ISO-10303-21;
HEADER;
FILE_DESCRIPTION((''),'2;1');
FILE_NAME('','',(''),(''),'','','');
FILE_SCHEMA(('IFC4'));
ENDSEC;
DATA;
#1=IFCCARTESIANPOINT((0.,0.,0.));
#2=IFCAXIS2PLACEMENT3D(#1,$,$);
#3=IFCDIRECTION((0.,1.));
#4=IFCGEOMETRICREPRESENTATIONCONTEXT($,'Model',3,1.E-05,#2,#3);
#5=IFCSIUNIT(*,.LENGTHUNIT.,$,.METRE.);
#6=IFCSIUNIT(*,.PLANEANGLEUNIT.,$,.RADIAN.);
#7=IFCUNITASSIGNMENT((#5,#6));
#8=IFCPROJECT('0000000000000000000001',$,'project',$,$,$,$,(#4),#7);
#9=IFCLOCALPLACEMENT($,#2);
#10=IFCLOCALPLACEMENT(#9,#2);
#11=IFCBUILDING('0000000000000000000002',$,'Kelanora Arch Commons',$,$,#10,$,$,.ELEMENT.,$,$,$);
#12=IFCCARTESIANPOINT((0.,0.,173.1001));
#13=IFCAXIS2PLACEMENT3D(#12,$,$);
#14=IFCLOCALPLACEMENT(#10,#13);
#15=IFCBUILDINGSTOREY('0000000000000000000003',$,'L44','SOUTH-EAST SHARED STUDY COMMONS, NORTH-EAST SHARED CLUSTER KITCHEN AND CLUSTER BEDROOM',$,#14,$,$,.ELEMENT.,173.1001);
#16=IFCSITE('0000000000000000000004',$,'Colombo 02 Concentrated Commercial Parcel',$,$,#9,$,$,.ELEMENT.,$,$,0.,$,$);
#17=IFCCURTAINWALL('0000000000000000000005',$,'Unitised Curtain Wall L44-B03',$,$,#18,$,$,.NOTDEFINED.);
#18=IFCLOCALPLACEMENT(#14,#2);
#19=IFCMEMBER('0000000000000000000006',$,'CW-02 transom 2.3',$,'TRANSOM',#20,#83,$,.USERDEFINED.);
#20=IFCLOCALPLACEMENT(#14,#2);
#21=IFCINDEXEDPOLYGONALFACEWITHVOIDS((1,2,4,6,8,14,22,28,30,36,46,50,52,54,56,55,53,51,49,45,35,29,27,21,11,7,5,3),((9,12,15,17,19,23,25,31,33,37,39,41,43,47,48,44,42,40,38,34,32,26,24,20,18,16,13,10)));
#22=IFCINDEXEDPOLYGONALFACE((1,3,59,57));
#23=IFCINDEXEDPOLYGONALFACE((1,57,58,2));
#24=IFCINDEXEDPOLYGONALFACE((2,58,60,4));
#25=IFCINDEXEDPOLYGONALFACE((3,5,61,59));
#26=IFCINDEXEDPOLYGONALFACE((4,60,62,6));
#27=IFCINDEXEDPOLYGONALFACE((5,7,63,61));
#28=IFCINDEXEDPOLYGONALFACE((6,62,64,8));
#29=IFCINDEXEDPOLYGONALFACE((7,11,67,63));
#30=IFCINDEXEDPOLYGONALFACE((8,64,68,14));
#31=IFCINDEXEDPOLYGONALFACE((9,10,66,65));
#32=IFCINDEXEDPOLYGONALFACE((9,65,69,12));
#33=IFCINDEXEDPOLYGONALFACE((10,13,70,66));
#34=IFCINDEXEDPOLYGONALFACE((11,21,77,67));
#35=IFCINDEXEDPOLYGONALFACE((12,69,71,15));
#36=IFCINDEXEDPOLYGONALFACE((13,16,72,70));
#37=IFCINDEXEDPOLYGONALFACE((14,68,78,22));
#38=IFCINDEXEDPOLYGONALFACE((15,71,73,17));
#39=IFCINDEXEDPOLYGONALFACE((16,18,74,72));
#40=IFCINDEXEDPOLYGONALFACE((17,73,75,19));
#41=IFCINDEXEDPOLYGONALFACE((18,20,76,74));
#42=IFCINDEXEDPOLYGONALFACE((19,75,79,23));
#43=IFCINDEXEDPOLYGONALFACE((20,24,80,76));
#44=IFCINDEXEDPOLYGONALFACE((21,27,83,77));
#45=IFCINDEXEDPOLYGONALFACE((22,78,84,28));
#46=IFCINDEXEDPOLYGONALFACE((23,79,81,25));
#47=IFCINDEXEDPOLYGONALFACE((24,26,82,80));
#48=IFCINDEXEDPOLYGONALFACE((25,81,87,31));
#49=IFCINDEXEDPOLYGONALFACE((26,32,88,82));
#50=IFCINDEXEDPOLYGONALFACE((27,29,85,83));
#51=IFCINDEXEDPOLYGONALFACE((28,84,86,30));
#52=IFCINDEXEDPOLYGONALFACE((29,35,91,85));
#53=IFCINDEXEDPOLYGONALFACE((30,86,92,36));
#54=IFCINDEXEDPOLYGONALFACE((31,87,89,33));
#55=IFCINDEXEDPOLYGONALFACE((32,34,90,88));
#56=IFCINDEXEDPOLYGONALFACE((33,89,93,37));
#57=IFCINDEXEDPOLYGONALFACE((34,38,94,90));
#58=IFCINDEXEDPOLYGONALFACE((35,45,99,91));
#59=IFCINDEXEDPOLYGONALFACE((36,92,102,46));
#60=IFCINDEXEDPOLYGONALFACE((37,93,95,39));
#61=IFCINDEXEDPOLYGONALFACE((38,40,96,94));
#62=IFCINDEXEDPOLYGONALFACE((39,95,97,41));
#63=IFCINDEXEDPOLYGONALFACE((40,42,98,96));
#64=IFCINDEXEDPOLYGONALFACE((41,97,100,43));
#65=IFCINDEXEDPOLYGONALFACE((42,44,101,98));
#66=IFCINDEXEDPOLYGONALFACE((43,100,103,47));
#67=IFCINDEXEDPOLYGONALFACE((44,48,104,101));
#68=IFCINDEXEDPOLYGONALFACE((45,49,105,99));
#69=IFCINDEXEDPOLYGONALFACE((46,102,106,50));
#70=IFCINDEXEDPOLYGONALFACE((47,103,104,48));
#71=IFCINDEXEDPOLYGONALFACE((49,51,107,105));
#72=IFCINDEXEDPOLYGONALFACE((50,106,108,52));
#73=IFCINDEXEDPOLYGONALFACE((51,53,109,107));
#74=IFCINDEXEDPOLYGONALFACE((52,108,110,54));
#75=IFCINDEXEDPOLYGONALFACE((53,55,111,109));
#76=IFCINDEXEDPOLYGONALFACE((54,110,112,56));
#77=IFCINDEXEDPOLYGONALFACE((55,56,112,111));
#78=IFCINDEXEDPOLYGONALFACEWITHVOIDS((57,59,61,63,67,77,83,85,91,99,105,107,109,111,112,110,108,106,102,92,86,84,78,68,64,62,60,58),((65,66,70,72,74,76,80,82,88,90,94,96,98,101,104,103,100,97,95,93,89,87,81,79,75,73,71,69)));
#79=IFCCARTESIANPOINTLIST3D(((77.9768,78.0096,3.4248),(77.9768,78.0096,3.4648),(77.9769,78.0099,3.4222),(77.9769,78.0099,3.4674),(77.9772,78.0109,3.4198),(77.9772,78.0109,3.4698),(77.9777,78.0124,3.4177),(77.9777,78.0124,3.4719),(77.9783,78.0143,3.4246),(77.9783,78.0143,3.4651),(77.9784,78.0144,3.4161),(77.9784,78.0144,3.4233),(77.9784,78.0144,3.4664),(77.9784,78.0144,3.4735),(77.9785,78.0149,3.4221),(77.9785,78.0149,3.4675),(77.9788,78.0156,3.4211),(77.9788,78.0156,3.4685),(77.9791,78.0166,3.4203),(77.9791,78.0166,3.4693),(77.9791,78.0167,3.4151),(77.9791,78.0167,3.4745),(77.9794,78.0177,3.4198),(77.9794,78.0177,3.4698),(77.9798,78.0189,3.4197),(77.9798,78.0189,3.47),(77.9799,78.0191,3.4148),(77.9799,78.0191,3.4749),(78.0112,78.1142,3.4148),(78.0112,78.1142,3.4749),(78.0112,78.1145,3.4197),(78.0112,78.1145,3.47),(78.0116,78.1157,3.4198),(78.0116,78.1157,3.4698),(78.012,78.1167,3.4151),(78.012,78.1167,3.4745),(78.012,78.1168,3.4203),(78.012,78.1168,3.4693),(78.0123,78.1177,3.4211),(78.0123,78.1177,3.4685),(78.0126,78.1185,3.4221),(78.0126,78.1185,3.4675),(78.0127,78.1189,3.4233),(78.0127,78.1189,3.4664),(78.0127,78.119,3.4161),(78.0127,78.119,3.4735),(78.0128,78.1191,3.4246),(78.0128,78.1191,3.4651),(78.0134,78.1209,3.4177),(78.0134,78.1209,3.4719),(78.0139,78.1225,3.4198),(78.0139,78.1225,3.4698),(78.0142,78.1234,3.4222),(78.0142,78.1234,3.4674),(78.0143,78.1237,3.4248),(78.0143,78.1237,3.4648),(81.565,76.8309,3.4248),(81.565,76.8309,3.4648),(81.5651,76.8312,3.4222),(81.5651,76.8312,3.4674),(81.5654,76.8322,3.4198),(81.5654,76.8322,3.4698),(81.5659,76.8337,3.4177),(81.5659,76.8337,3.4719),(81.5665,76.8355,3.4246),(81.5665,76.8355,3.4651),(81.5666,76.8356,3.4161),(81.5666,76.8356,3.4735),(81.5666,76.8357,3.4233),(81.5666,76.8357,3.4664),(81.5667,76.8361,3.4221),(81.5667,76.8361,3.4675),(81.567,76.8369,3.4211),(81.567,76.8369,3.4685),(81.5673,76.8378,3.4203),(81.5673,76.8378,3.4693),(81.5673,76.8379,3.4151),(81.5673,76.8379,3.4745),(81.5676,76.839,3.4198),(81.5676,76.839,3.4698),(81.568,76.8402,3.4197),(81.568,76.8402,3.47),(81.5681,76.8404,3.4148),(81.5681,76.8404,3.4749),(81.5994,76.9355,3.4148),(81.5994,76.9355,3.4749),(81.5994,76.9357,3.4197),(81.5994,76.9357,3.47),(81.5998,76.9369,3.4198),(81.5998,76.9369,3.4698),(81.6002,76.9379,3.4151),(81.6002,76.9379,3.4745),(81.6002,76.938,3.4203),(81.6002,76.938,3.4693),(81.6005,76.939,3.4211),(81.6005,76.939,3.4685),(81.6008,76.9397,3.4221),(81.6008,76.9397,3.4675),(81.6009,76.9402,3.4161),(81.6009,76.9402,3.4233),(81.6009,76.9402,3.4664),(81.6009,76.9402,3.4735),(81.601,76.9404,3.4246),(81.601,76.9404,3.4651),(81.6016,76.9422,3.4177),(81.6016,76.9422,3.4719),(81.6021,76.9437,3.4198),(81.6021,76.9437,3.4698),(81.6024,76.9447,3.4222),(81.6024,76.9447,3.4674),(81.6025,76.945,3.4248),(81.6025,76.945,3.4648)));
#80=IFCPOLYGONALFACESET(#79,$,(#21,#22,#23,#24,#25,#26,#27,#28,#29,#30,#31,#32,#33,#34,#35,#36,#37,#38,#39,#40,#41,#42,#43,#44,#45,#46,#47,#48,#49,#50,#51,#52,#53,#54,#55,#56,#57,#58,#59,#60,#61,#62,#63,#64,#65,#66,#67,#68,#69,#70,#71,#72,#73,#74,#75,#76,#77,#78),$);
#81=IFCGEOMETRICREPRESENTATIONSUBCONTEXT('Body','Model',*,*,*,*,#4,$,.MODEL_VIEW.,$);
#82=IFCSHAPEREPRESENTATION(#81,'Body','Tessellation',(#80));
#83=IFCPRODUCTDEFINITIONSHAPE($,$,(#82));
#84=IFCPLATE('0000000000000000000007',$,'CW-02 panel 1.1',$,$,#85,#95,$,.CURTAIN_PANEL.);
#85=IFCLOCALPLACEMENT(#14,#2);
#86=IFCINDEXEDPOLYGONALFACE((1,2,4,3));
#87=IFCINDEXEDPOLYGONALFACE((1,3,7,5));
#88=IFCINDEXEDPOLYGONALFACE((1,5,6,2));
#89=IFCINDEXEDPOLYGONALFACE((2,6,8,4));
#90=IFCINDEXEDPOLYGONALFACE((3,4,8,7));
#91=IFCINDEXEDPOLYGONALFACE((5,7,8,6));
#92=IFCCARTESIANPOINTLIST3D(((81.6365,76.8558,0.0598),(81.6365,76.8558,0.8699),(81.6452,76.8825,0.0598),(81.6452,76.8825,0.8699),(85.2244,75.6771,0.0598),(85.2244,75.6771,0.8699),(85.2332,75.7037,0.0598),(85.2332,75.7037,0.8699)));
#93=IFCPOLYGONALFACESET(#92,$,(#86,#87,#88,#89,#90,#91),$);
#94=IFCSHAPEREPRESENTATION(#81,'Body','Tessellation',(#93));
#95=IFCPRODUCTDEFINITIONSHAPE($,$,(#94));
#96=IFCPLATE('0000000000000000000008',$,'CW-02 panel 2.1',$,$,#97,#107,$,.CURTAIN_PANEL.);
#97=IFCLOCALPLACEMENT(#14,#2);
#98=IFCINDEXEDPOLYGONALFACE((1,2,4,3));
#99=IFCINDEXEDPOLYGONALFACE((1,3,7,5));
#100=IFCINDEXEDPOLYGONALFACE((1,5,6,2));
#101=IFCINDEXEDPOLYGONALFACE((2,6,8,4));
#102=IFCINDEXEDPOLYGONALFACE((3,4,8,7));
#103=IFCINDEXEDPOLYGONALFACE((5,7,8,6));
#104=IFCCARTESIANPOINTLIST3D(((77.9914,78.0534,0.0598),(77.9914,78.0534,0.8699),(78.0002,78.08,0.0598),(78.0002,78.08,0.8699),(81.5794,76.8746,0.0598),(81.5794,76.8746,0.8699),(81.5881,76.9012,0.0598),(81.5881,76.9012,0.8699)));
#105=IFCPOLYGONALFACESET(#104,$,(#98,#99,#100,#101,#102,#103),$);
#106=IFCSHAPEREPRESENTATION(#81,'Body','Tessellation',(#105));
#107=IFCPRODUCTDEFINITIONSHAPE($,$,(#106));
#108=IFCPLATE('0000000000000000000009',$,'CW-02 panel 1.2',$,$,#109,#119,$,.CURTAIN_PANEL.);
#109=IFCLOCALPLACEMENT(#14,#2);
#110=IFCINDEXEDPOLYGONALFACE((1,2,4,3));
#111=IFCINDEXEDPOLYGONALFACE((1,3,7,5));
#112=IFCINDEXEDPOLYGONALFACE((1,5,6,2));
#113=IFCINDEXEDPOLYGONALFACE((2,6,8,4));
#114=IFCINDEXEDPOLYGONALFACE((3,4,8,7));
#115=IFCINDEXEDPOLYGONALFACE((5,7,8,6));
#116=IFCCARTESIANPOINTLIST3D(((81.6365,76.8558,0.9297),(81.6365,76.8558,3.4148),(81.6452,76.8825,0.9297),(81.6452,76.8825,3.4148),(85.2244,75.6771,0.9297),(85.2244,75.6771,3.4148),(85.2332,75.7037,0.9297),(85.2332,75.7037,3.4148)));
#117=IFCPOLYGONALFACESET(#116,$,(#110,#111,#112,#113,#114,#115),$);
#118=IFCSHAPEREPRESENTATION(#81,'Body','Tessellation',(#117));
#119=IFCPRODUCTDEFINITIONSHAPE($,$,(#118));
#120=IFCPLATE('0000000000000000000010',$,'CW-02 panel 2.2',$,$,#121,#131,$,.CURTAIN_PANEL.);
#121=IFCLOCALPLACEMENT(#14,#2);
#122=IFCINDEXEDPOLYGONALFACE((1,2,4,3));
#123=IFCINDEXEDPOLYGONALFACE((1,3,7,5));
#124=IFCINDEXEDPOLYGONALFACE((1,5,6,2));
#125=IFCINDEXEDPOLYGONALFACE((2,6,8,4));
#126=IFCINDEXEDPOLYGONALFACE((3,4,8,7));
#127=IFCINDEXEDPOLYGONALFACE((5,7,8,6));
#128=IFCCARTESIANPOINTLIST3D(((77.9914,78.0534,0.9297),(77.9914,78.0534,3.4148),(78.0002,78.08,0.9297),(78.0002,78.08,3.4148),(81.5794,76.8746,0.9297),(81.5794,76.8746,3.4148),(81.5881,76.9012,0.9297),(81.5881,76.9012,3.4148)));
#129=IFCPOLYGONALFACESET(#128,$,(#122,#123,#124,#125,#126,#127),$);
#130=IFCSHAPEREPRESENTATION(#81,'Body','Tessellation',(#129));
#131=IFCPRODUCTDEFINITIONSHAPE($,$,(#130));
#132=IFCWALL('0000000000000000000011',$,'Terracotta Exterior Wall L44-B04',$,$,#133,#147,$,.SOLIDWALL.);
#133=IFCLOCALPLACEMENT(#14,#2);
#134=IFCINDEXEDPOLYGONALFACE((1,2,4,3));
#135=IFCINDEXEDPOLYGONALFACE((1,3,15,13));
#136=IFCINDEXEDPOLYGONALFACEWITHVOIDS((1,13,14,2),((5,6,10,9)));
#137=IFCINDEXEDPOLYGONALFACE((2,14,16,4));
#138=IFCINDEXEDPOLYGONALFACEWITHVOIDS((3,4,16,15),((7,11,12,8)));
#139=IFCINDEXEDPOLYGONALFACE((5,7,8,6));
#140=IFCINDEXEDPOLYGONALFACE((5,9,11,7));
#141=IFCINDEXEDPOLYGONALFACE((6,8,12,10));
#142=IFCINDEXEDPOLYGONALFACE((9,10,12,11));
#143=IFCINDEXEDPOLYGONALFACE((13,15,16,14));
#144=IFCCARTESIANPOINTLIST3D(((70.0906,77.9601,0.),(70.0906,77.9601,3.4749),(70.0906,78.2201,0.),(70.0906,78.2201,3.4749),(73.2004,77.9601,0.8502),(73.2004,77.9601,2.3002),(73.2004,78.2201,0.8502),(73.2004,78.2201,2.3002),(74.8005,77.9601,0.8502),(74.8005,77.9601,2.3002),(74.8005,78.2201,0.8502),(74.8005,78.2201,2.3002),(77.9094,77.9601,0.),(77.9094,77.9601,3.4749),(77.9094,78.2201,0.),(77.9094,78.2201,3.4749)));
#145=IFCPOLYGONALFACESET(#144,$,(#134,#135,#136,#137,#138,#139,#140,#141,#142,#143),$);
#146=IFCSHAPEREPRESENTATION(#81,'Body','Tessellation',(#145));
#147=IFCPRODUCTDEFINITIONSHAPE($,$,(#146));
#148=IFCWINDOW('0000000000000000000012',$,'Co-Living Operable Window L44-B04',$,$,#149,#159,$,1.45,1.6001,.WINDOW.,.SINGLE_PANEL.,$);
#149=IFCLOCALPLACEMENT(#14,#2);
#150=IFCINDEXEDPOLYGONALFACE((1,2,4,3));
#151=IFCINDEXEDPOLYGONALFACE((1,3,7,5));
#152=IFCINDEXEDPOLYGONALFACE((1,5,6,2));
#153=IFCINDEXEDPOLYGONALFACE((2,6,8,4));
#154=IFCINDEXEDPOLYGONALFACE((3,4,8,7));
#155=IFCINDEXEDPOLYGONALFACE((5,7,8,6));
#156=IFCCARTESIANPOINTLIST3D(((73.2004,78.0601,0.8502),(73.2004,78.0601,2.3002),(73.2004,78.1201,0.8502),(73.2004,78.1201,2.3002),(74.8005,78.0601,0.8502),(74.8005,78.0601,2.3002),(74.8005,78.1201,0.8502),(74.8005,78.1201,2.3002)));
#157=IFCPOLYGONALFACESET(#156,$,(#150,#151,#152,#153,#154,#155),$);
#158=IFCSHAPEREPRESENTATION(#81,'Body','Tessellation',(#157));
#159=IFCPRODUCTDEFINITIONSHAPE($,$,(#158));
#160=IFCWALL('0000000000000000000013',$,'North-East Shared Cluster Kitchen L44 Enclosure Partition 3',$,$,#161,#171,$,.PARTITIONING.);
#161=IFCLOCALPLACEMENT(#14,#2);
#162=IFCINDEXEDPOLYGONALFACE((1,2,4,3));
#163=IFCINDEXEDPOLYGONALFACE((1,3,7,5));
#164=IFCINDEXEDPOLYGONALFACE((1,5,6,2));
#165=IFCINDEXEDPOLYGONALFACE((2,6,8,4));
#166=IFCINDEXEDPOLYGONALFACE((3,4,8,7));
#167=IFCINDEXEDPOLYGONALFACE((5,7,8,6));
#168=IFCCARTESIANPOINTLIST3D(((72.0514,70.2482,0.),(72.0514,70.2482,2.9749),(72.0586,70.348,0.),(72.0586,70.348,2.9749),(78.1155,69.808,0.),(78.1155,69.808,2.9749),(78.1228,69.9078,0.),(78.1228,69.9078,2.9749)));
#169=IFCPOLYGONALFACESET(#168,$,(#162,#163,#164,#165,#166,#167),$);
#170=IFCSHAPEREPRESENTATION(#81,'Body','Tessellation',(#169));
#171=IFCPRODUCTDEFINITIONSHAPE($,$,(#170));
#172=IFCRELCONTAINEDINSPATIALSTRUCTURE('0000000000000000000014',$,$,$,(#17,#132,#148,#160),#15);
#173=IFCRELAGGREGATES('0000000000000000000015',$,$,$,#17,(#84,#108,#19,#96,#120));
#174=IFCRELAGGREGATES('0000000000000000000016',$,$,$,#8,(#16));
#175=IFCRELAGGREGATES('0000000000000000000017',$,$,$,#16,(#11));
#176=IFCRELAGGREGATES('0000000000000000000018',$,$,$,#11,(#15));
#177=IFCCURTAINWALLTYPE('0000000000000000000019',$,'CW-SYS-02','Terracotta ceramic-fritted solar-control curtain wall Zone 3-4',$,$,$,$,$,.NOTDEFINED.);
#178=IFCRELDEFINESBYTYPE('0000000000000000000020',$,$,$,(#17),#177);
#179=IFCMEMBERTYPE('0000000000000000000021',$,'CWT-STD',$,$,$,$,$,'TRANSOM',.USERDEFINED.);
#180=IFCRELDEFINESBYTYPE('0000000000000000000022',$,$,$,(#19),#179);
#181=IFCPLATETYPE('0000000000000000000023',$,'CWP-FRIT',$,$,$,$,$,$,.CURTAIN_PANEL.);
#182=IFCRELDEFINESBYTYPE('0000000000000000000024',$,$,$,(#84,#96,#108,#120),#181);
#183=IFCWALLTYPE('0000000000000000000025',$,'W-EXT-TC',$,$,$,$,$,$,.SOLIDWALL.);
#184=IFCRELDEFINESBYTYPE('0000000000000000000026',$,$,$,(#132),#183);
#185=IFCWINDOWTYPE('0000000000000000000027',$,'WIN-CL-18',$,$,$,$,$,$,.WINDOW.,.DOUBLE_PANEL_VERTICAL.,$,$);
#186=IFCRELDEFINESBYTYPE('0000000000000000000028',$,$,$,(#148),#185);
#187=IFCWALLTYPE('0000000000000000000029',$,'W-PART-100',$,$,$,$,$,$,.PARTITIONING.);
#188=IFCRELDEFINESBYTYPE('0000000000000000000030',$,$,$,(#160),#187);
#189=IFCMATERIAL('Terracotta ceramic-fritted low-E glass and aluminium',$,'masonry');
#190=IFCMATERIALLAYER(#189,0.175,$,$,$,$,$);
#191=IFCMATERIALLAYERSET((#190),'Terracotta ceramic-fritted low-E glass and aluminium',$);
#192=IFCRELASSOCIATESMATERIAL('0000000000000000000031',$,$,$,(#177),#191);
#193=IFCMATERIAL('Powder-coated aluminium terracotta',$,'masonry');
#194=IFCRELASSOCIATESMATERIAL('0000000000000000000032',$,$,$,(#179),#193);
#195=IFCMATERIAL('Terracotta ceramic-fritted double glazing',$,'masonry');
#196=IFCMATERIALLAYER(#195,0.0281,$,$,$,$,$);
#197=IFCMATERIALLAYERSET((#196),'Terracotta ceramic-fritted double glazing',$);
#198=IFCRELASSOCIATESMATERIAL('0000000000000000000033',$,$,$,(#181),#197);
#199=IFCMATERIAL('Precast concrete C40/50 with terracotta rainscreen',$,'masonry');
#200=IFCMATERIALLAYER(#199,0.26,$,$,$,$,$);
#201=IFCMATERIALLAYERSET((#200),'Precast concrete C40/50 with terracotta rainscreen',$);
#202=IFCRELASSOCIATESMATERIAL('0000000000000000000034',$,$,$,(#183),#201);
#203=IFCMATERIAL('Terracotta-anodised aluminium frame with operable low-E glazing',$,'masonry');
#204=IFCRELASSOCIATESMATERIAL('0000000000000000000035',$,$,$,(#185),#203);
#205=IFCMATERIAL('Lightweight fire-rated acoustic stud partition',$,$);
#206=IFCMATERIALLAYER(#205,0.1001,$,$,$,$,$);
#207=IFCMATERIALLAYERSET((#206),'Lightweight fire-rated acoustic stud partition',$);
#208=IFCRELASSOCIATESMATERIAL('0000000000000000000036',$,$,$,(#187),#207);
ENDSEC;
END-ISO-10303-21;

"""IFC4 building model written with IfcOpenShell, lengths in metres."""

from ifc_helpers import new_model, si_unit, direction, frame, frame_2d, origin, origin_2d, place, context, subcontext, project, spatial, rectangle, hollow_rectangle, extrude, source, transform, mapped, material, layer, layer_set, material_profile, profile_set, type_object, element, fill, aggregate, save


model = new_model("IFC4")

# Units and contexts
model_context = context("Model", 3, precision=1e-05, world=origin(), true_north=direction((0.0, 1.0)))
body_context = subcontext(model_context, "Body", "Model", "MODEL_VIEW")
ifc_project = project(units=[si_unit("LENGTHUNIT", "METRE"), si_unit("PLANEANGLEUNIT", "RADIAN")], contexts=[model_context])

# Site, building, storey
site_placement = place(None, origin())
site = spatial("IfcSite", under=ifc_project, at=site_placement, Name="Colombo 02 Concentrated Commercial Parcel", CompositionType="ELEMENT", RefElevation=0.0)
building_placement = place(site_placement, origin())
building = spatial("IfcBuilding", under=site, at=building_placement, Name="Kelanora Arch Commons", CompositionType="ELEMENT")
storey_placement = place(building_placement, frame((0.0, 0.0, 173.1001)))
storey = spatial("IfcBuildingStorey", under=building, at=storey_placement, Name="L44", Description="SOUTH-EAST SHARED STUDY COMMONS, NORTH-EAST SHARED CLUSTER KITCHEN AND CLUSTER BEDROOM", CompositionType="ELEMENT", Elevation=173.1001)

# Curtain wall, member, plates
ifc_material_1 = material(Name="Terracotta ceramic-fritted low-E glass and aluminium", Category="masonry")
ifc_layer_1 = layer(ifc_material_1, 0.175)
ifc_layer_set_1 = layer_set([ifc_layer_1], Name="Terracotta ceramic-fritted low-E glass and aluminium")
curtain_wall_type = type_object("IfcCurtainWallType", Name="CW-SYS-02", Description="Terracotta ceramic-fritted solar-control curtain wall Zone 3-4", PredefinedType="NOTDEFINED", material=ifc_layer_set_1)
curtain_wall_placement = place(storey_placement, origin())
curtain_wall = element("IfcCurtainWall", 1, at=curtain_wall_placement, inside=storey, type_object=curtain_wall_type, Name="Unitised Curtain Wall L44-B03", PredefinedType="NOTDEFINED")
ifc_material_2 = material(Name="Powder-coated aluminium terracotta", Category="masonry")
ifc_material_profile_1 = material_profile(ifc_material_2, hollow_rectangle(XDim=0.1201, YDim=0.0601, WallThickness=0.0049, InnerFilletRadius=0.0049, OuterFilletRadius=0.01, at=origin_2d()), Name="CWT120x60")
ifc_profile_set_1 = profile_set([ifc_material_profile_1], Name="Powder-coated aluminium terracotta")
member_type_1 = type_object("IfcMemberType", Name="CWT-STD", ElementType="TRANSOM", PredefinedType="USERDEFINED", material=ifc_profile_set_1)
member_1_placement = place(storey_placement, frame((81.5837, 76.8879, 3.4448), z_axis=(-0.950051, 0.312094, 0.0), x_axis=(-0.312094, -0.950051, 0.0)))
member_1 = element("IfcMember", 2, at=member_1_placement, type_object=member_type_1, Name="CW-02 transom 2.3", ObjectType="TRANSOM", PredefinedType="USERDEFINED", context=body_context, shape_type="SweptSolid", body=[
    extrude(hollow_rectangle(XDim=0.1201, YDim=0.0601, WallThickness=0.0049, InnerFilletRadius=0.0049, OuterFilletRadius=0.01, at=origin_2d()), origin(), (0.0, 0.0, 1.0), 3.7769),
])
ifc_material_3 = material(Name="Terracotta ceramic-fritted double glazing", Category="masonry")
ifc_layer_2 = layer(ifc_material_3, 0.0281)
ifc_layer_set_2 = layer_set([ifc_layer_2], Name="Terracotta ceramic-fritted double glazing")
plate_type = type_object("IfcPlateType", Name="CWP-FRIT", PredefinedType="CURTAIN_PANEL", material=ifc_layer_set_2)
shared_shape_1 = source(origin(), body_context, "Body", "SweptSolid", [
    extrude(rectangle(XDim=3.7766, YDim=0.0281, at=origin_2d()), origin(), (0.0, 0.0, 1.0), 0.8101),
])
plate_1_placement = place(storey_placement, frame((83.4348, 76.2798, 0.0598), z_axis=(0.0, 0.0, 1.0), x_axis=(-0.95004, 0.312128, 0.0)))
plate_1 = element("IfcPlate", 3, at=plate_1_placement, type_object=plate_type, Name="CW-02 panel 1.1", PredefinedType="CURTAIN_PANEL", context=body_context, shape_type="MappedRepresentation", body=[
    mapped(shared_shape_1, transform((0.0, 0.0, 0.0), scale=1.0)),
])
plate_2_placement = place(storey_placement, frame((79.7898, 77.4773, 0.0598), z_axis=(0.0, 0.0, 1.0), x_axis=(-0.95004, 0.312128, 0.0)))
plate_2 = element("IfcPlate", 4, at=plate_2_placement, type_object=plate_type, Name="CW-02 panel 2.1", PredefinedType="CURTAIN_PANEL", context=body_context, shape_type="MappedRepresentation", body=[
    mapped(shared_shape_1, transform((0.0, 0.0, 0.0), scale=1.0)),
])
shared_shape_2 = source(origin(), body_context, "Body", "SweptSolid", [
    extrude(rectangle(XDim=3.7766, YDim=0.0281, at=origin_2d()), origin(), (0.0, 0.0, 1.0), 2.4851),
])
plate_3_placement = place(storey_placement, frame((83.4348, 76.2798, 0.9297), z_axis=(0.0, 0.0, 1.0), x_axis=(-0.95004, 0.312128, 0.0)))
plate_3 = element("IfcPlate", 5, at=plate_3_placement, type_object=plate_type, Name="CW-02 panel 1.2", PredefinedType="CURTAIN_PANEL", context=body_context, shape_type="MappedRepresentation", body=[
    mapped(shared_shape_2, transform((0.0, 0.0, 0.0), scale=1.0)),
])
plate_4_placement = place(storey_placement, frame((79.7898, 77.4773, 0.9297), z_axis=(0.0, 0.0, 1.0), x_axis=(-0.95004, 0.312128, 0.0)))
plate_4 = element("IfcPlate", 6, at=plate_4_placement, type_object=plate_type, Name="CW-02 panel 2.2", PredefinedType="CURTAIN_PANEL", context=body_context, shape_type="MappedRepresentation", body=[
    mapped(shared_shape_2, transform((0.0, 0.0, 0.0), scale=1.0)),
])
aggregate(curtain_wall, [plate_1, plate_3, member_1, plate_2, plate_4])

# Wall, opening, window
ifc_material_4 = material(Name="Precast concrete C40/50 with terracotta rainscreen", Category="masonry")
ifc_layer_3 = layer(ifc_material_4, 0.26)
ifc_layer_set_3 = layer_set([ifc_layer_3], Name="Precast concrete C40/50 with terracotta rainscreen")
wall_type_1 = type_object("IfcWallType", Name="W-EXT-TC", PredefinedType="SOLIDWALL", material=ifc_layer_set_3)
wall_1_placement = place(storey_placement, frame((77.9094, 78.0901, 0.0), z_axis=(0.0, 0.0, 1.0), x_axis=(-1.0, 0.0, 0.0)))
wall_1 = element("IfcWall", 7, at=wall_1_placement, inside=storey, type_object=wall_type_1, Name="Terracotta Exterior Wall L44-B04", PredefinedType="SOLIDWALL", context=body_context, shape_type="SweptSolid", body=[
    extrude(rectangle(XDim=7.8188, YDim=0.26, at=frame_2d((3.9094, 0.0))), origin(), (0.0, 0.0, 1.0), 3.4749),
])
opening_1_placement = place(wall_1_placement, frame((3.1089, 0.0, 0.8501)))
opening_1 = element("IfcOpeningElement", 8, at=opening_1_placement, cuts=wall_1, PredefinedType="OPENING", context=body_context, shape_type="SweptSolid", body=[
    extrude(rectangle(XDim=1.6001, YDim=1.45, at=frame_2d((0.8, 0.7251))), frame((0.0, 0.1401, 0.0), z_axis=(0.0, -1.0, 0.0), x_axis=(1.0, 0.0, 0.0)), (0.0, 0.0, 1.0), 0.28),
])
ifc_material_5 = material(Name="Terracotta-anodised aluminium frame with operable low-E glazing", Category="masonry")
window_type = type_object("IfcWindowType", Name="WIN-CL-18", PartitioningType="DOUBLE_PANEL_VERTICAL", PredefinedType="WINDOW", material=ifc_material_5)
window_placement = place(opening_1_placement, origin())
window = element("IfcWindow", 9, at=window_placement, inside=storey, type_object=window_type, Name="Co-Living Operable Window L44-B04", OverallHeight=1.45, OverallWidth=1.6001, PartitioningType="SINGLE_PANEL", PredefinedType="WINDOW", context=body_context, shape_type="SweptSolid", body=[
    extrude(rectangle(XDim=1.6001, YDim=1.45, at=frame_2d((0.8, 0.7251))), frame((0.0, 0.03, 0.0), z_axis=(0.0, -1.0, 0.0), x_axis=(1.0, 0.0, 0.0)), (0.0, 0.0, 1.0), 0.0601),
])
fill(opening_1, window)

# Wall
ifc_material_6 = material(Name="Lightweight fire-rated acoustic stud partition")
ifc_layer_4 = layer(ifc_material_6, 0.1001)
ifc_layer_set_4 = layer_set([ifc_layer_4], Name="Lightweight fire-rated acoustic stud partition")
wall_type_2 = type_object("IfcWallType", Name="W-PART-100", PredefinedType="PARTITIONING", material=ifc_layer_set_4)
wall_2_placement = place(storey_placement, frame((78.1191, 69.8579, 0.0), z_axis=(0.0, 0.0, 1.0), x_axis=(-0.997376, 0.072397, 0.0)))
element("IfcWall", 10, at=wall_2_placement, inside=storey, type_object=wall_type_2, Name="North-East Shared Cluster Kitchen L44 Enclosure Partition 3", PredefinedType="PARTITIONING", context=body_context, shape_type="SweptSolid", body=[
    extrude(rectangle(XDim=6.0801, YDim=0.1001, at=frame_2d((3.04, 0.0))), origin(), (0.0, 0.0, 1.0), 2.9749),
])

save(model, "model.ifc")
